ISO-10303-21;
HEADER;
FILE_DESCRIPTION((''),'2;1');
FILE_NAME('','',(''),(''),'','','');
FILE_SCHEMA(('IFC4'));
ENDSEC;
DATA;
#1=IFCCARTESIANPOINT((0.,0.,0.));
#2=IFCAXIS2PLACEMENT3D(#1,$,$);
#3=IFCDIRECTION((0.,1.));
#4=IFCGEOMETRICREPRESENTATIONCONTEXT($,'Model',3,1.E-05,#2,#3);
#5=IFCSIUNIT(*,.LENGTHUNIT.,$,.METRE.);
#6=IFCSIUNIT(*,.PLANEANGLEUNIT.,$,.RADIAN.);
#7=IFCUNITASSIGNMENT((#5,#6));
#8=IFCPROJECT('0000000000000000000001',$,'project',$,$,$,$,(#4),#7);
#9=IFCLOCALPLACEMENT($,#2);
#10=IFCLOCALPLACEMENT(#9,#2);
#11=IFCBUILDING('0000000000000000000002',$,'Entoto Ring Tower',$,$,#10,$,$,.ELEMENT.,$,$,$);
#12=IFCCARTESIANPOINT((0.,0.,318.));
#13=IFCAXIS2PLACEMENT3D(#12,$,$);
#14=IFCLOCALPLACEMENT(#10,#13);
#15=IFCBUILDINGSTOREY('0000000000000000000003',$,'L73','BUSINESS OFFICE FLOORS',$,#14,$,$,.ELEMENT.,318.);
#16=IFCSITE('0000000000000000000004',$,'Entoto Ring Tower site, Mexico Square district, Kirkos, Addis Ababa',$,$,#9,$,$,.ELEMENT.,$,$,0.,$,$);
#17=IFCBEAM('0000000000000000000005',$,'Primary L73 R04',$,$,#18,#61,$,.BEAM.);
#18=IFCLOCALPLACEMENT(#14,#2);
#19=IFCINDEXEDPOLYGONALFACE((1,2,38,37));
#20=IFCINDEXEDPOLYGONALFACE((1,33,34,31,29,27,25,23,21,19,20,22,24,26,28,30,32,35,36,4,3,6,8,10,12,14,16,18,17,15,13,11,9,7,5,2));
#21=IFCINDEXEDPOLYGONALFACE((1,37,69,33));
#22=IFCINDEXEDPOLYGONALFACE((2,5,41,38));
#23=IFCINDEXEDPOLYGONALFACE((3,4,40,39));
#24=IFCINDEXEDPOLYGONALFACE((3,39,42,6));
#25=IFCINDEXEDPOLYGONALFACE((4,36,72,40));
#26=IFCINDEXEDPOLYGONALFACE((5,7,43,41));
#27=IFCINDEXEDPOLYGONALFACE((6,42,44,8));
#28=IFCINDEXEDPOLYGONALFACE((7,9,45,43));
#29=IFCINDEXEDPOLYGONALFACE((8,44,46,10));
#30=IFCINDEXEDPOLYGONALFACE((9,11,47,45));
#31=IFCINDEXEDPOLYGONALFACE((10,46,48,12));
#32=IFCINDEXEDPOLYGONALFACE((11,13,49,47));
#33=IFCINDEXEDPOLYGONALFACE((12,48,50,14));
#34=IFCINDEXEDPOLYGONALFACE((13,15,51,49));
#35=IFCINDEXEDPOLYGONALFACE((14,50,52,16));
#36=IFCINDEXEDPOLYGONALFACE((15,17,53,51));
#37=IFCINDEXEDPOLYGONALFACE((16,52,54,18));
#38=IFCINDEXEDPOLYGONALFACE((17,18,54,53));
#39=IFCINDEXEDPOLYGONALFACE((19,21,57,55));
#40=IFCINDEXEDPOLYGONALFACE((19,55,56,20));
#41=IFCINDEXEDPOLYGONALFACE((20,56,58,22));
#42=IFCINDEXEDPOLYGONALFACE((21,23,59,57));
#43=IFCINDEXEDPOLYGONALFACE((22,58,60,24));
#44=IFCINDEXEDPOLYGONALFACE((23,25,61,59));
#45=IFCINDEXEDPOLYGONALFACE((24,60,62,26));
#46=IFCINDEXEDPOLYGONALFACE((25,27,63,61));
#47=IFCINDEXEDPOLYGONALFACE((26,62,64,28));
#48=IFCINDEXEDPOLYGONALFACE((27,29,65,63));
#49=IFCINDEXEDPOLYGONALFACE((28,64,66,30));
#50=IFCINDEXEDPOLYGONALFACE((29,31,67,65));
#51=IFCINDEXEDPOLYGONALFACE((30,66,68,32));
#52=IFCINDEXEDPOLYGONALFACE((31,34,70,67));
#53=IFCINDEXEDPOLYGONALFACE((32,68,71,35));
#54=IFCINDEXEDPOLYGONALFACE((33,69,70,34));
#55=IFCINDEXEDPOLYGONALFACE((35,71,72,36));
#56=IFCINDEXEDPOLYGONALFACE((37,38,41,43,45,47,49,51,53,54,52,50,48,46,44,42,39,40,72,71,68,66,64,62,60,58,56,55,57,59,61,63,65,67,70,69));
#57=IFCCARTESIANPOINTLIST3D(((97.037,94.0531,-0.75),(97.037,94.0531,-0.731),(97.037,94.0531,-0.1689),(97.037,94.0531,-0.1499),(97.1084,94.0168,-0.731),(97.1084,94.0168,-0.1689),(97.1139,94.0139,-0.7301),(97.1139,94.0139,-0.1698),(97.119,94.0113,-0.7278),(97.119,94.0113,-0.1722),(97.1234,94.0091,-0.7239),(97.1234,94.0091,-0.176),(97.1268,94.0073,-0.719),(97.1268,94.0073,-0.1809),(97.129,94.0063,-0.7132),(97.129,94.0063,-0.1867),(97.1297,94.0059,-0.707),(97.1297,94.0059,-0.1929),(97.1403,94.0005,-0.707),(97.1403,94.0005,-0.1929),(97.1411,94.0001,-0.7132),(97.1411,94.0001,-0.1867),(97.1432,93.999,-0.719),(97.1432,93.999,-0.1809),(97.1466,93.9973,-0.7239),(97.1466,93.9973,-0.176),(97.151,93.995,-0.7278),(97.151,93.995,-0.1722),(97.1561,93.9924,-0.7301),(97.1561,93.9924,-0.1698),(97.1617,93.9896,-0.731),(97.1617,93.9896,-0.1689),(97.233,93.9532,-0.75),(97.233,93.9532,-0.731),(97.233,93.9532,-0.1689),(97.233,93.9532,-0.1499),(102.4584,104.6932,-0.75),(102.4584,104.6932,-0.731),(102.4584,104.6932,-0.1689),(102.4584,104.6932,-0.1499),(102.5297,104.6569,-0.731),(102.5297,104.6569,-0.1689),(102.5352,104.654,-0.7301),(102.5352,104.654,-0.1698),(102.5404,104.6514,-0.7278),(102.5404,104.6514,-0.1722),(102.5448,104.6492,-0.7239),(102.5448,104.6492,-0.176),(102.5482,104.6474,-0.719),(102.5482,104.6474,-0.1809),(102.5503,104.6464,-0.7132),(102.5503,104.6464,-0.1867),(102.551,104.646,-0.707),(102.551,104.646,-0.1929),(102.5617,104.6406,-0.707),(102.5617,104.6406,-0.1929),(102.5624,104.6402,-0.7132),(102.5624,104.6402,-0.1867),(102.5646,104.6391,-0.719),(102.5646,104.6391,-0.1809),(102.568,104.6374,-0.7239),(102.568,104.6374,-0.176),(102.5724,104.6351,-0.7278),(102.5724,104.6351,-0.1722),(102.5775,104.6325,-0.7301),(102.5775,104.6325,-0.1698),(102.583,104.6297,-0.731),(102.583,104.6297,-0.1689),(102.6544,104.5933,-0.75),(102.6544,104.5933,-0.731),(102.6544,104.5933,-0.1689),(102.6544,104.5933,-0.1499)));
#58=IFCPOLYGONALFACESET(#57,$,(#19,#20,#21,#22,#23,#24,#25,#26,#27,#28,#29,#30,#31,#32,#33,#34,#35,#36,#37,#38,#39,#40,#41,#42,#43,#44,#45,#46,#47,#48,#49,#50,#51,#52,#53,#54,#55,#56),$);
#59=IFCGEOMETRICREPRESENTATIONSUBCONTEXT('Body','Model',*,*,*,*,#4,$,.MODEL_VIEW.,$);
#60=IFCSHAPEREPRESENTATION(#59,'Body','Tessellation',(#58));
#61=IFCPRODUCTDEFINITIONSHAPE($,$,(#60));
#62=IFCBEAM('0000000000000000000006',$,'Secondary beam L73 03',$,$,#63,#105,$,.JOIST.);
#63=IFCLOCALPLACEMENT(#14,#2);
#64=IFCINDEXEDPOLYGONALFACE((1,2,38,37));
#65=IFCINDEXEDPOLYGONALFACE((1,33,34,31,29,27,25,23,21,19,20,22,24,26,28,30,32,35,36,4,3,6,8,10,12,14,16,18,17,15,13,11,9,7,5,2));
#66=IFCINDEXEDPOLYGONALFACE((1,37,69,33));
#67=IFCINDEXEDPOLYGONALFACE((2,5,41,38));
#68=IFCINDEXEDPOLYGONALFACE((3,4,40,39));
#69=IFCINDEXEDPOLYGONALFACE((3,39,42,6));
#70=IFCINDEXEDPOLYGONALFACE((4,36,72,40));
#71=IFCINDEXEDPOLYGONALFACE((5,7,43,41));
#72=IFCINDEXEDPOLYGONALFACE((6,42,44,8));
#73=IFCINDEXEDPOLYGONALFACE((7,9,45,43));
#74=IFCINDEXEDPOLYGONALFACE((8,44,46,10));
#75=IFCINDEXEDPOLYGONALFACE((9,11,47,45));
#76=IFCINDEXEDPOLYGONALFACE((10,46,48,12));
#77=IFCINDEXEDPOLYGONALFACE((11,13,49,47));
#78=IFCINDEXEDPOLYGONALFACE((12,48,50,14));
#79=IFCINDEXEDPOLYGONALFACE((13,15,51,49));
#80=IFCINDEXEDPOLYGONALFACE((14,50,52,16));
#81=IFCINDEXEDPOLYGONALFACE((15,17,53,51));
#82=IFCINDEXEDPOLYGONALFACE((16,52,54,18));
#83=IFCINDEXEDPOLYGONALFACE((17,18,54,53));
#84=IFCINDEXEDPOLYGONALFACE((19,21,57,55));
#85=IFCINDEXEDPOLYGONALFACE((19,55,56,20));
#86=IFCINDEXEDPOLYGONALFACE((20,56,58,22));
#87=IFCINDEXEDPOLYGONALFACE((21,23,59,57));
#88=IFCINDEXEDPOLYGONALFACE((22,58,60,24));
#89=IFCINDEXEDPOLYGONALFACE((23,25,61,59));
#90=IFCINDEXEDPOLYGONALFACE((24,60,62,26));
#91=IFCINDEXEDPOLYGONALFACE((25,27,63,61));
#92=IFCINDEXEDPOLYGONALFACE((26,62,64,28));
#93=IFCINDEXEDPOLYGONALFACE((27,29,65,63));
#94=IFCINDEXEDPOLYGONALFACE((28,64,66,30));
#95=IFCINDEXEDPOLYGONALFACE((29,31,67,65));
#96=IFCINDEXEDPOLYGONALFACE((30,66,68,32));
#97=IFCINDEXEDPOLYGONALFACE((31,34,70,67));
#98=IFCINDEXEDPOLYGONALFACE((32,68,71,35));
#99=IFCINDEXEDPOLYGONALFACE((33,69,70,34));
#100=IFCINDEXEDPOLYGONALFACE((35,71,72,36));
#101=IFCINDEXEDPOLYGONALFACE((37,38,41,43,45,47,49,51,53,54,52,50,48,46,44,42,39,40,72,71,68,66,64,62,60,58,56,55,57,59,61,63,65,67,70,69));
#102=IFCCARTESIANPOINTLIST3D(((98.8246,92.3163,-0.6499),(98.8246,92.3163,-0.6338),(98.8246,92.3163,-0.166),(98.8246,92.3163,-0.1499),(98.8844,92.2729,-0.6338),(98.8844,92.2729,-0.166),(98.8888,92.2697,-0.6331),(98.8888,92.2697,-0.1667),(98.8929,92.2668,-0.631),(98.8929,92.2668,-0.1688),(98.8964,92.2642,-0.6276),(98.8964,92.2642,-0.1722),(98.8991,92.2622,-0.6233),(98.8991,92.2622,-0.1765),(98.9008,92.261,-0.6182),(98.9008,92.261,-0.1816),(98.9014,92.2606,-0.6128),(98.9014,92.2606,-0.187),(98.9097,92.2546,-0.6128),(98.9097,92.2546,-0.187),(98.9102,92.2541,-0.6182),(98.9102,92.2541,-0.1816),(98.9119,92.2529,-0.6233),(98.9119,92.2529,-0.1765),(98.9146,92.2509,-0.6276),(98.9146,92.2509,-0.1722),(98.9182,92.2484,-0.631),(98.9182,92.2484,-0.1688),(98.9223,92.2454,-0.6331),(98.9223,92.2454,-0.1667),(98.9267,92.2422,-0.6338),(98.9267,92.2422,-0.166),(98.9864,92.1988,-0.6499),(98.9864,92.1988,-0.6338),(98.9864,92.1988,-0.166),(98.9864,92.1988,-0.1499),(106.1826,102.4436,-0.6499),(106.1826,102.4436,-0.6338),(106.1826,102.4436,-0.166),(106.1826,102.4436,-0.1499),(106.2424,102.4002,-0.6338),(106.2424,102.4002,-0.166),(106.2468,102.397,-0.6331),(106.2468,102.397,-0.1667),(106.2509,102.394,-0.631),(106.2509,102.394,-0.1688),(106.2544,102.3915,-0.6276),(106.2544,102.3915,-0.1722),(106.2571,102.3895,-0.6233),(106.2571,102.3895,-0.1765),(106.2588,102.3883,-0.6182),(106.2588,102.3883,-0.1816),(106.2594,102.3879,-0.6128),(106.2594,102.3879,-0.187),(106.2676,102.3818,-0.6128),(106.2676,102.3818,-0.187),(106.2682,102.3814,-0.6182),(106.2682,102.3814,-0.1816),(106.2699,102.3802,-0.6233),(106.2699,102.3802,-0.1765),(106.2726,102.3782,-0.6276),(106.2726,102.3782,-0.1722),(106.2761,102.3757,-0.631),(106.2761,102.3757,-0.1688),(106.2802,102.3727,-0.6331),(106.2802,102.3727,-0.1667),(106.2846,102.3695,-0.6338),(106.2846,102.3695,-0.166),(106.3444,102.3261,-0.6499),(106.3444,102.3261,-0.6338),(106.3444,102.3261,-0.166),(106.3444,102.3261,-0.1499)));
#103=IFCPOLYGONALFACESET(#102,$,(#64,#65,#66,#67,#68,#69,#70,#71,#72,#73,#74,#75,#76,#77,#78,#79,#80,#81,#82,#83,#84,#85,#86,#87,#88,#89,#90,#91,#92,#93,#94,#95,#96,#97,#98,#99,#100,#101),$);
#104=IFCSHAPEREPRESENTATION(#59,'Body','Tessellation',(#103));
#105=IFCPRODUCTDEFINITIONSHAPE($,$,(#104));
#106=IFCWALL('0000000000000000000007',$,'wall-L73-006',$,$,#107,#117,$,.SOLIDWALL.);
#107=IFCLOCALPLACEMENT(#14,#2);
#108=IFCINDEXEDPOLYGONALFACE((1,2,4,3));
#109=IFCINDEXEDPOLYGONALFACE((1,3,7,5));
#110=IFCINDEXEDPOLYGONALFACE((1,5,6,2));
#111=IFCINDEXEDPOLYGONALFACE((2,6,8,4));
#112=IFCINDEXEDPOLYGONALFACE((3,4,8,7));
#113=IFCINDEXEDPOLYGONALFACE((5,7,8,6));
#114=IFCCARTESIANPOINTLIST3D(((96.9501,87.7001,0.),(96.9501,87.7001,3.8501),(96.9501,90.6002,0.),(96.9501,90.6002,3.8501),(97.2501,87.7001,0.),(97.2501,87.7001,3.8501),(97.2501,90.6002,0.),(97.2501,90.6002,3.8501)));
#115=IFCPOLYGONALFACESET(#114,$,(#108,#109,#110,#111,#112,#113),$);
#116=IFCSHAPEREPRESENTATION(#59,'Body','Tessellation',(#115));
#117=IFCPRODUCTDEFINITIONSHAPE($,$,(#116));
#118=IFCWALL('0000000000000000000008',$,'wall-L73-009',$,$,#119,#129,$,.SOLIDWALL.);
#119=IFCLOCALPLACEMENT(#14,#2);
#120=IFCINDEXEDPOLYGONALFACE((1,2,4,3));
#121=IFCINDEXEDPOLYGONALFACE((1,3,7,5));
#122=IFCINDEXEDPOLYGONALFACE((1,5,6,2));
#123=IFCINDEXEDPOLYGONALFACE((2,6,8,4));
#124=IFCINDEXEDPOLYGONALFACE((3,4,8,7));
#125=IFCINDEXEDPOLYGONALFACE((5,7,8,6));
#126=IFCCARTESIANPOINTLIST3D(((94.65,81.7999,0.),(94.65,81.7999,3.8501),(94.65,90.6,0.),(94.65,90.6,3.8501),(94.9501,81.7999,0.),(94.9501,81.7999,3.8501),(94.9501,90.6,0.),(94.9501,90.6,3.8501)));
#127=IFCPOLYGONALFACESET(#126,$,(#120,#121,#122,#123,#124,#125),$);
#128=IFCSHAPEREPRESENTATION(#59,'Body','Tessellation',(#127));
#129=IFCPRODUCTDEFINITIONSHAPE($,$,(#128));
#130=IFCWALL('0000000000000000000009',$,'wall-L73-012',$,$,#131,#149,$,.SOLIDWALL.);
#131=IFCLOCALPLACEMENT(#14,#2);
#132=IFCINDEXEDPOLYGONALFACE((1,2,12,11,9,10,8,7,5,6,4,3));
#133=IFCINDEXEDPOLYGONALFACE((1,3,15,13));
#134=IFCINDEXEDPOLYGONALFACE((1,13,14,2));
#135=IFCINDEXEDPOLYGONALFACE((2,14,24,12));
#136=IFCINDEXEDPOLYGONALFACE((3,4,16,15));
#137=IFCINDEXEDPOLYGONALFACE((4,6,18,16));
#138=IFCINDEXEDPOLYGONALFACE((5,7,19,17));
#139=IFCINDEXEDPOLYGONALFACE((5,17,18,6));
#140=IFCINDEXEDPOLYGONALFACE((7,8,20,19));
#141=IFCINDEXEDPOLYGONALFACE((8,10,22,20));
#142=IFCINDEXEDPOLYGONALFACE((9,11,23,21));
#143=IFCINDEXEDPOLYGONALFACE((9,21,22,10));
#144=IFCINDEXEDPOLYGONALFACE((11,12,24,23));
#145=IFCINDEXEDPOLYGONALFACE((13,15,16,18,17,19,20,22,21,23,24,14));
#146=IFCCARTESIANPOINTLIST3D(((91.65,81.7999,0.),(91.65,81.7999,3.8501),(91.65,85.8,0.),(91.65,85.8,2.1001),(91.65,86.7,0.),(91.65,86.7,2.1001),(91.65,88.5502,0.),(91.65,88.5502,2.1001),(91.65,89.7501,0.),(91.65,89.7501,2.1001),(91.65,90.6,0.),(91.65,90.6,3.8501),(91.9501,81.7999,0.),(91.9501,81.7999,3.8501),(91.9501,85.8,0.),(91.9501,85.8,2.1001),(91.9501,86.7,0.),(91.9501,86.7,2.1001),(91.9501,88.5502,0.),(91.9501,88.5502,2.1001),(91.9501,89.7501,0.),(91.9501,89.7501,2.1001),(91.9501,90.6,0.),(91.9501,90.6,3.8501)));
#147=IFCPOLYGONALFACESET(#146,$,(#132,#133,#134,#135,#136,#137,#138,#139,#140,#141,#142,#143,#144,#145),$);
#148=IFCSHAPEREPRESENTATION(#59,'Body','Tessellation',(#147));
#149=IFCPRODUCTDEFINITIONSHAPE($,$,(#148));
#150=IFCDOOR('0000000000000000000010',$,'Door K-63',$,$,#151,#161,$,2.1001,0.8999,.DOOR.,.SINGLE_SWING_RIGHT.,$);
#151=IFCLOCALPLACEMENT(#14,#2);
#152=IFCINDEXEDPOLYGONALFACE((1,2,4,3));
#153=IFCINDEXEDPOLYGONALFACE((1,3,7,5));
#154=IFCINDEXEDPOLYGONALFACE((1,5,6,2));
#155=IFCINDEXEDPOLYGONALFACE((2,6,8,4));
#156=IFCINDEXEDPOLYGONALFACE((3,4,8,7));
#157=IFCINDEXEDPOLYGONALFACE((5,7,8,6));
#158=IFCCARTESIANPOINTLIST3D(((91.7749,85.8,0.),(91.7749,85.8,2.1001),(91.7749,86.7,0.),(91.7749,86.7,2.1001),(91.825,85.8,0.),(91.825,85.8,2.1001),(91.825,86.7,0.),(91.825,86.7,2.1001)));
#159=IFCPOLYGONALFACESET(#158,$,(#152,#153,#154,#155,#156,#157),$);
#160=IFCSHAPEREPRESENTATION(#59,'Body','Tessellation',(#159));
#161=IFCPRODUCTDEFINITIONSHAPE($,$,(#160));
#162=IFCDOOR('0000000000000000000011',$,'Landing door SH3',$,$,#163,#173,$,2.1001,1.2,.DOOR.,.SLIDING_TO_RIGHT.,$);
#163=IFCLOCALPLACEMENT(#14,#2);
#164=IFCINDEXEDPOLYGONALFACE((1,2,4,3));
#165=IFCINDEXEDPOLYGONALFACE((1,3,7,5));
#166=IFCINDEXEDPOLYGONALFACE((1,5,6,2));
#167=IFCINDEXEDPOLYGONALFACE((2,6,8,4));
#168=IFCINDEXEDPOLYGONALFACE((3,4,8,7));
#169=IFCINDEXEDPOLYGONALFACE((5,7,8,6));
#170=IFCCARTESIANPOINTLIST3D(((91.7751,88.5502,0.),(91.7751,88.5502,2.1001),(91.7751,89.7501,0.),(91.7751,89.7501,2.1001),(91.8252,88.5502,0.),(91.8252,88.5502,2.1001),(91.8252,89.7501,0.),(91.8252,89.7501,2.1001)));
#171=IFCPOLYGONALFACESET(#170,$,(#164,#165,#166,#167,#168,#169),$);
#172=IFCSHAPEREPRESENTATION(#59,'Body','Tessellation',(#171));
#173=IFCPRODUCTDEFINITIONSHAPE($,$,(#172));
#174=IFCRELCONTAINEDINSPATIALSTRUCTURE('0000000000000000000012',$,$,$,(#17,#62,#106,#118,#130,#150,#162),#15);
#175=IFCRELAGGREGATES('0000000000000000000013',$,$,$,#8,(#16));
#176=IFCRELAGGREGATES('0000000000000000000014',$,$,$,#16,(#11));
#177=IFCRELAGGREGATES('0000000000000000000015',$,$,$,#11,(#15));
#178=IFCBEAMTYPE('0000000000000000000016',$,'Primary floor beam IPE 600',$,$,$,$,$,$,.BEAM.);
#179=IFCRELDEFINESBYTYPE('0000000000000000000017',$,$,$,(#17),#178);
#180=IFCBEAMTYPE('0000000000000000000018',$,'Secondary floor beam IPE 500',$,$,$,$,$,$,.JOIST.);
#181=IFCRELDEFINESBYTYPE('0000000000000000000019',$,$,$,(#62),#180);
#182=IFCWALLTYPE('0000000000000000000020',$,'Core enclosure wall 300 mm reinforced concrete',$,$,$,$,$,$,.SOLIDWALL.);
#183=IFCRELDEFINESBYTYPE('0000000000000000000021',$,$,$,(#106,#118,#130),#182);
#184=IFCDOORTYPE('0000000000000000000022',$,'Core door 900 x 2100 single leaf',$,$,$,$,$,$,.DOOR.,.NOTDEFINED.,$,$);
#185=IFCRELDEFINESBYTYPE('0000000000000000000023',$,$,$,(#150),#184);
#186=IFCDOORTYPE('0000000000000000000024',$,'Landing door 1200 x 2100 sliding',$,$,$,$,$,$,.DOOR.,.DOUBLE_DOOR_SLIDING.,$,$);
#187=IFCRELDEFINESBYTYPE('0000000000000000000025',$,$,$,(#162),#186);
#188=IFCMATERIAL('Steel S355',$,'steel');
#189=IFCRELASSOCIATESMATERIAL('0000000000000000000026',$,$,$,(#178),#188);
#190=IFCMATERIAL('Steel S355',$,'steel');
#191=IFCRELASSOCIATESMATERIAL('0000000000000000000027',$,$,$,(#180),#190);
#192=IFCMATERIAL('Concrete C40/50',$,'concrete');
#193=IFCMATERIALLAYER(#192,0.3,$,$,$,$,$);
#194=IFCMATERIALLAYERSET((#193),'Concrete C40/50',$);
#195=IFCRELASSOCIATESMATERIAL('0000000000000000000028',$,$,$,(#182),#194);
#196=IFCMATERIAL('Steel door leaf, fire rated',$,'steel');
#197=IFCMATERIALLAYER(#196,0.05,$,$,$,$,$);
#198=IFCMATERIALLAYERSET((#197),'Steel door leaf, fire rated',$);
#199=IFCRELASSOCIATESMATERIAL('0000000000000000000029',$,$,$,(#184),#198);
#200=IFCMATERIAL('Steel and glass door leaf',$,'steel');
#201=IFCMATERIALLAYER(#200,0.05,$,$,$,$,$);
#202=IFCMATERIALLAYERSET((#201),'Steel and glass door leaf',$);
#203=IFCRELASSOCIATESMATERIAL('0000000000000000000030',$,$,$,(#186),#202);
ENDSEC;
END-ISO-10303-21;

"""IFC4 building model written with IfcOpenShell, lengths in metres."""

from ifc_helpers import new_model, si_unit, direction, frame, frame_2d, origin, origin_2d, place, context, subcontext, project, spatial, rectangle, i_section, extrude, material, layer, layer_set, material_profile, profile_set, type_object, element, fill, save


model = new_model("IFC4")

# Units and contexts
model_context = context("Model", 3, precision=1e-05, world=origin(), true_north=direction((0.0, 1.0)))
body_context = subcontext(model_context, "Body", "Model", "MODEL_VIEW")
ifc_project = project(units=[si_unit("LENGTHUNIT", "METRE"), si_unit("PLANEANGLEUNIT", "RADIAN")], contexts=[model_context])

# Site, building, storey
site_placement = place(None, origin())
site = spatial("IfcSite", under=ifc_project, at=site_placement, Name="Entoto Ring Tower site, Mexico Square district, Kirkos, Addis Ababa", CompositionType="ELEMENT", RefElevation=0.0)
building_placement = place(site_placement, origin())
building = spatial("IfcBuilding", under=site, at=building_placement, Name="Entoto Ring Tower", CompositionType="ELEMENT")
storey_placement = place(building_placement, frame((0.0, 0.0, 318.0)))
storey = spatial("IfcBuildingStorey", under=building, at=storey_placement, Name="L73", Description="BUSINESS OFFICE FLOORS", CompositionType="ELEMENT", Elevation=318.0)

# Beams
ifc_material_1 = material(Name="Steel S355", Category="steel")
ifc_material_profile_1 = material_profile(ifc_material_1, i_section(OverallWidth=0.22, OverallDepth=0.6001, WebThickness=0.012, FlangeThickness=0.019, FilletRadius=0.0239, at=origin_2d()), Name="IPE 600")
ifc_profile_set_1 = profile_set([ifc_material_profile_1], Name="Steel S355")
beam_type_1 = type_object("IfcBeamType", Name="Primary floor beam IPE 600", PredefinedType="BEAM", material=ifc_profile_set_1)
beam_1_placement = place(storey_placement, frame((97.135, 94.0032, -0.45), z_axis=(0.453988, 0.891008, 0.0), x_axis=(-0.891008, 0.453988, 0.0)))
element("IfcBeam", 1, at=beam_1_placement, inside=storey, type_object=beam_type_1, Name="Primary L73 R04", PredefinedType="BEAM", context=body_context, shape_type="SweptSolid", body=[
    extrude(i_section(OverallWidth=0.22, OverallDepth=0.6001, WebThickness=0.012, FlangeThickness=0.019, FilletRadius=0.0239, at=origin_2d()), origin(), (0.0, 0.0, 1.0), 11.9417),
])
ifc_material_2 = material(Name="Steel S355", Category="steel")
ifc_material_profile_2 = material_profile(ifc_material_2, i_section(OverallWidth=0.2, OverallDepth=0.5, WebThickness=0.0103, FlangeThickness=0.0161, FilletRadius=0.021, at=origin_2d()), Name="IPE 500")
ifc_profile_set_2 = profile_set([ifc_material_profile_2], Name="Steel S355")
beam_type_2 = type_object("IfcBeamType", Name="Secondary floor beam IPE 500", PredefinedType="JOIST", material=ifc_profile_set_2)
beam_2_placement = place(storey_placement, frame((98.9055, 92.2576, -0.3999), z_axis=(0.587789, 0.809014, 0.0), x_axis=(-0.809014, 0.587789, 0.0)))
element("IfcBeam", 2, at=beam_2_placement, inside=storey, type_object=beam_type_2, Name="Secondary beam L73 03", PredefinedType="JOIST", context=body_context, shape_type="SweptSolid", body=[
    extrude(i_section(OverallWidth=0.2, OverallDepth=0.5, WebThickness=0.0103, FlangeThickness=0.0161, FilletRadius=0.021, at=origin_2d()), origin(), (0.0, 0.0, 1.0), 12.5181),
])

# Walls
ifc_material_3 = material(Name="Concrete C40/50", Category="concrete")
ifc_layer_1 = layer(ifc_material_3, 0.3)
ifc_layer_set_1 = layer_set([ifc_layer_1], Name="Concrete C40/50")
wall_type = type_object("IfcWallType", Name="Core enclosure wall 300 mm reinforced concrete", PredefinedType="SOLIDWALL", material=ifc_layer_set_1)
wall_1_placement = place(storey_placement, frame((97.1001, 87.7, 0.0), z_axis=(0.0, 0.0, 1.0), x_axis=(0.0, 1.0, 0.0)))
element("IfcWall", 3, at=wall_1_placement, inside=storey, type_object=wall_type, Name="wall-L73-006", PredefinedType="SOLIDWALL", context=body_context, shape_type="SweptSolid", body=[
    extrude(rectangle(XDim=2.9001, YDim=0.3, at=frame_2d((1.4502, 0.0))), origin(), (0.0, 0.0, 1.0), 3.8501),
])
wall_2_placement = place(storey_placement, frame((94.8, 81.8, 0.0), z_axis=(0.0, 0.0, 1.0), x_axis=(0.0, 1.0, 0.0)))
element("IfcWall", 4, at=wall_2_placement, inside=storey, type_object=wall_type, Name="wall-L73-009", PredefinedType="SOLIDWALL", context=body_context, shape_type="SweptSolid", body=[
    extrude(rectangle(XDim=8.8, YDim=0.3, at=frame_2d((4.3999, 0.0))), origin(), (0.0, 0.0, 1.0), 3.8501),
])

# Wall, openings, doors
wall_3_placement = place(storey_placement, frame((91.8, 81.8, 0.0), z_axis=(0.0, 0.0, 1.0), x_axis=(0.0, 1.0, 0.0)))
wall_3 = element("IfcWall", 5, at=wall_3_placement, inside=storey, type_object=wall_type, Name="wall-L73-012", PredefinedType="SOLIDWALL", context=body_context, shape_type="SweptSolid", body=[
    extrude(rectangle(XDim=8.8, YDim=0.3, at=frame_2d((4.3999, 0.0))), origin(), (0.0, 0.0, 1.0), 3.8501),
])
opening_1_placement = place(wall_3_placement, frame((6.75, 0.0, 0.0)))
opening_1 = element("IfcOpeningElement", 6, at=opening_1_placement, cuts=wall_3, PredefinedType="OPENING", context=body_context, shape_type="SweptSolid", body=[
    extrude(rectangle(XDim=1.2, YDim=2.1001, at=frame_2d((0.6001, 1.05))), frame((0.0, 0.1602, 0.0), z_axis=(0.0, -1.0, 0.0), x_axis=(1.0, 0.0, 0.0)), (0.0, 0.0, 1.0), 0.3201),
])
opening_2_placement = place(wall_3_placement, frame((4.0, 0.0, 0.0)))
opening_2 = element("IfcOpeningElement", 7, at=opening_2_placement, cuts=wall_3, PredefinedType="OPENING", context=body_context, shape_type="SweptSolid", body=[
    extrude(rectangle(XDim=0.8999, YDim=2.1001, at=frame_2d((0.45, 1.05))), frame((0.0, 0.1602, 0.0), z_axis=(0.0, -1.0, 0.0), x_axis=(1.0, 0.0, 0.0)), (0.0, 0.0, 1.0), 0.3201),
])
ifc_material_4 = material(Name="Steel door leaf, fire rated", Category="steel")
ifc_layer_2 = layer(ifc_material_4, 0.05)
ifc_layer_set_2 = layer_set([ifc_layer_2], Name="Steel door leaf, fire rated")
door_type_1 = type_object("IfcDoorType", Name="Core door 900 x 2100 single leaf", OperationType="NOTDEFINED", PredefinedType="DOOR", material=ifc_layer_set_2)
door_1_placement = place(opening_2_placement, frame((0.8999, 0.0, 0.0), z_axis=(0.0, 0.0, 1.0), x_axis=(-1.0, 0.0, 0.0)))
door_1 = element("IfcDoor", 8, at=door_1_placement, inside=storey, type_object=door_type_1, Name="Door K-63", OperationType="SINGLE_SWING_RIGHT", OverallHeight=2.1001, OverallWidth=0.8999, PredefinedType="DOOR", context=body_context, shape_type="SweptSolid", body=[
    extrude(rectangle(XDim=0.8999, YDim=2.1001, at=frame_2d((0.45, 1.05))), frame((0.0, 0.0249, 0.0), z_axis=(0.0, -1.0, 0.0), x_axis=(1.0, 0.0, 0.0)), (0.0, 0.0, 1.0), 0.05),
])
fill(opening_2, door_1)
ifc_material_5 = material(Name="Steel and glass door leaf", Category="steel")
ifc_layer_3 = layer(ifc_material_5, 0.05)
ifc_layer_set_3 = layer_set([ifc_layer_3], Name="Steel and glass door leaf")
door_type_2 = type_object("IfcDoorType", Name="Landing door 1200 x 2100 sliding", OperationType="DOUBLE_DOOR_SLIDING", PredefinedType="DOOR", material=ifc_layer_set_3)
door_2_placement = place(opening_1_placement, origin())
door_2 = element("IfcDoor", 9, at=door_2_placement, inside=storey, type_object=door_type_2, Name="Landing door SH3", OperationType="SLIDING_TO_RIGHT", OverallHeight=2.1001, OverallWidth=1.2, PredefinedType="DOOR", context=body_context, shape_type="SweptSolid", body=[
    extrude(rectangle(XDim=1.2, YDim=2.1001, at=frame_2d((0.6001, 1.05))), frame((0.0, 0.0249, 0.0), z_axis=(0.0, -1.0, 0.0), x_axis=(1.0, 0.0, 0.0)), (0.0, 0.0, 1.0), 0.05),
])
fill(opening_1, door_2)

save(model, "model.ifc")
